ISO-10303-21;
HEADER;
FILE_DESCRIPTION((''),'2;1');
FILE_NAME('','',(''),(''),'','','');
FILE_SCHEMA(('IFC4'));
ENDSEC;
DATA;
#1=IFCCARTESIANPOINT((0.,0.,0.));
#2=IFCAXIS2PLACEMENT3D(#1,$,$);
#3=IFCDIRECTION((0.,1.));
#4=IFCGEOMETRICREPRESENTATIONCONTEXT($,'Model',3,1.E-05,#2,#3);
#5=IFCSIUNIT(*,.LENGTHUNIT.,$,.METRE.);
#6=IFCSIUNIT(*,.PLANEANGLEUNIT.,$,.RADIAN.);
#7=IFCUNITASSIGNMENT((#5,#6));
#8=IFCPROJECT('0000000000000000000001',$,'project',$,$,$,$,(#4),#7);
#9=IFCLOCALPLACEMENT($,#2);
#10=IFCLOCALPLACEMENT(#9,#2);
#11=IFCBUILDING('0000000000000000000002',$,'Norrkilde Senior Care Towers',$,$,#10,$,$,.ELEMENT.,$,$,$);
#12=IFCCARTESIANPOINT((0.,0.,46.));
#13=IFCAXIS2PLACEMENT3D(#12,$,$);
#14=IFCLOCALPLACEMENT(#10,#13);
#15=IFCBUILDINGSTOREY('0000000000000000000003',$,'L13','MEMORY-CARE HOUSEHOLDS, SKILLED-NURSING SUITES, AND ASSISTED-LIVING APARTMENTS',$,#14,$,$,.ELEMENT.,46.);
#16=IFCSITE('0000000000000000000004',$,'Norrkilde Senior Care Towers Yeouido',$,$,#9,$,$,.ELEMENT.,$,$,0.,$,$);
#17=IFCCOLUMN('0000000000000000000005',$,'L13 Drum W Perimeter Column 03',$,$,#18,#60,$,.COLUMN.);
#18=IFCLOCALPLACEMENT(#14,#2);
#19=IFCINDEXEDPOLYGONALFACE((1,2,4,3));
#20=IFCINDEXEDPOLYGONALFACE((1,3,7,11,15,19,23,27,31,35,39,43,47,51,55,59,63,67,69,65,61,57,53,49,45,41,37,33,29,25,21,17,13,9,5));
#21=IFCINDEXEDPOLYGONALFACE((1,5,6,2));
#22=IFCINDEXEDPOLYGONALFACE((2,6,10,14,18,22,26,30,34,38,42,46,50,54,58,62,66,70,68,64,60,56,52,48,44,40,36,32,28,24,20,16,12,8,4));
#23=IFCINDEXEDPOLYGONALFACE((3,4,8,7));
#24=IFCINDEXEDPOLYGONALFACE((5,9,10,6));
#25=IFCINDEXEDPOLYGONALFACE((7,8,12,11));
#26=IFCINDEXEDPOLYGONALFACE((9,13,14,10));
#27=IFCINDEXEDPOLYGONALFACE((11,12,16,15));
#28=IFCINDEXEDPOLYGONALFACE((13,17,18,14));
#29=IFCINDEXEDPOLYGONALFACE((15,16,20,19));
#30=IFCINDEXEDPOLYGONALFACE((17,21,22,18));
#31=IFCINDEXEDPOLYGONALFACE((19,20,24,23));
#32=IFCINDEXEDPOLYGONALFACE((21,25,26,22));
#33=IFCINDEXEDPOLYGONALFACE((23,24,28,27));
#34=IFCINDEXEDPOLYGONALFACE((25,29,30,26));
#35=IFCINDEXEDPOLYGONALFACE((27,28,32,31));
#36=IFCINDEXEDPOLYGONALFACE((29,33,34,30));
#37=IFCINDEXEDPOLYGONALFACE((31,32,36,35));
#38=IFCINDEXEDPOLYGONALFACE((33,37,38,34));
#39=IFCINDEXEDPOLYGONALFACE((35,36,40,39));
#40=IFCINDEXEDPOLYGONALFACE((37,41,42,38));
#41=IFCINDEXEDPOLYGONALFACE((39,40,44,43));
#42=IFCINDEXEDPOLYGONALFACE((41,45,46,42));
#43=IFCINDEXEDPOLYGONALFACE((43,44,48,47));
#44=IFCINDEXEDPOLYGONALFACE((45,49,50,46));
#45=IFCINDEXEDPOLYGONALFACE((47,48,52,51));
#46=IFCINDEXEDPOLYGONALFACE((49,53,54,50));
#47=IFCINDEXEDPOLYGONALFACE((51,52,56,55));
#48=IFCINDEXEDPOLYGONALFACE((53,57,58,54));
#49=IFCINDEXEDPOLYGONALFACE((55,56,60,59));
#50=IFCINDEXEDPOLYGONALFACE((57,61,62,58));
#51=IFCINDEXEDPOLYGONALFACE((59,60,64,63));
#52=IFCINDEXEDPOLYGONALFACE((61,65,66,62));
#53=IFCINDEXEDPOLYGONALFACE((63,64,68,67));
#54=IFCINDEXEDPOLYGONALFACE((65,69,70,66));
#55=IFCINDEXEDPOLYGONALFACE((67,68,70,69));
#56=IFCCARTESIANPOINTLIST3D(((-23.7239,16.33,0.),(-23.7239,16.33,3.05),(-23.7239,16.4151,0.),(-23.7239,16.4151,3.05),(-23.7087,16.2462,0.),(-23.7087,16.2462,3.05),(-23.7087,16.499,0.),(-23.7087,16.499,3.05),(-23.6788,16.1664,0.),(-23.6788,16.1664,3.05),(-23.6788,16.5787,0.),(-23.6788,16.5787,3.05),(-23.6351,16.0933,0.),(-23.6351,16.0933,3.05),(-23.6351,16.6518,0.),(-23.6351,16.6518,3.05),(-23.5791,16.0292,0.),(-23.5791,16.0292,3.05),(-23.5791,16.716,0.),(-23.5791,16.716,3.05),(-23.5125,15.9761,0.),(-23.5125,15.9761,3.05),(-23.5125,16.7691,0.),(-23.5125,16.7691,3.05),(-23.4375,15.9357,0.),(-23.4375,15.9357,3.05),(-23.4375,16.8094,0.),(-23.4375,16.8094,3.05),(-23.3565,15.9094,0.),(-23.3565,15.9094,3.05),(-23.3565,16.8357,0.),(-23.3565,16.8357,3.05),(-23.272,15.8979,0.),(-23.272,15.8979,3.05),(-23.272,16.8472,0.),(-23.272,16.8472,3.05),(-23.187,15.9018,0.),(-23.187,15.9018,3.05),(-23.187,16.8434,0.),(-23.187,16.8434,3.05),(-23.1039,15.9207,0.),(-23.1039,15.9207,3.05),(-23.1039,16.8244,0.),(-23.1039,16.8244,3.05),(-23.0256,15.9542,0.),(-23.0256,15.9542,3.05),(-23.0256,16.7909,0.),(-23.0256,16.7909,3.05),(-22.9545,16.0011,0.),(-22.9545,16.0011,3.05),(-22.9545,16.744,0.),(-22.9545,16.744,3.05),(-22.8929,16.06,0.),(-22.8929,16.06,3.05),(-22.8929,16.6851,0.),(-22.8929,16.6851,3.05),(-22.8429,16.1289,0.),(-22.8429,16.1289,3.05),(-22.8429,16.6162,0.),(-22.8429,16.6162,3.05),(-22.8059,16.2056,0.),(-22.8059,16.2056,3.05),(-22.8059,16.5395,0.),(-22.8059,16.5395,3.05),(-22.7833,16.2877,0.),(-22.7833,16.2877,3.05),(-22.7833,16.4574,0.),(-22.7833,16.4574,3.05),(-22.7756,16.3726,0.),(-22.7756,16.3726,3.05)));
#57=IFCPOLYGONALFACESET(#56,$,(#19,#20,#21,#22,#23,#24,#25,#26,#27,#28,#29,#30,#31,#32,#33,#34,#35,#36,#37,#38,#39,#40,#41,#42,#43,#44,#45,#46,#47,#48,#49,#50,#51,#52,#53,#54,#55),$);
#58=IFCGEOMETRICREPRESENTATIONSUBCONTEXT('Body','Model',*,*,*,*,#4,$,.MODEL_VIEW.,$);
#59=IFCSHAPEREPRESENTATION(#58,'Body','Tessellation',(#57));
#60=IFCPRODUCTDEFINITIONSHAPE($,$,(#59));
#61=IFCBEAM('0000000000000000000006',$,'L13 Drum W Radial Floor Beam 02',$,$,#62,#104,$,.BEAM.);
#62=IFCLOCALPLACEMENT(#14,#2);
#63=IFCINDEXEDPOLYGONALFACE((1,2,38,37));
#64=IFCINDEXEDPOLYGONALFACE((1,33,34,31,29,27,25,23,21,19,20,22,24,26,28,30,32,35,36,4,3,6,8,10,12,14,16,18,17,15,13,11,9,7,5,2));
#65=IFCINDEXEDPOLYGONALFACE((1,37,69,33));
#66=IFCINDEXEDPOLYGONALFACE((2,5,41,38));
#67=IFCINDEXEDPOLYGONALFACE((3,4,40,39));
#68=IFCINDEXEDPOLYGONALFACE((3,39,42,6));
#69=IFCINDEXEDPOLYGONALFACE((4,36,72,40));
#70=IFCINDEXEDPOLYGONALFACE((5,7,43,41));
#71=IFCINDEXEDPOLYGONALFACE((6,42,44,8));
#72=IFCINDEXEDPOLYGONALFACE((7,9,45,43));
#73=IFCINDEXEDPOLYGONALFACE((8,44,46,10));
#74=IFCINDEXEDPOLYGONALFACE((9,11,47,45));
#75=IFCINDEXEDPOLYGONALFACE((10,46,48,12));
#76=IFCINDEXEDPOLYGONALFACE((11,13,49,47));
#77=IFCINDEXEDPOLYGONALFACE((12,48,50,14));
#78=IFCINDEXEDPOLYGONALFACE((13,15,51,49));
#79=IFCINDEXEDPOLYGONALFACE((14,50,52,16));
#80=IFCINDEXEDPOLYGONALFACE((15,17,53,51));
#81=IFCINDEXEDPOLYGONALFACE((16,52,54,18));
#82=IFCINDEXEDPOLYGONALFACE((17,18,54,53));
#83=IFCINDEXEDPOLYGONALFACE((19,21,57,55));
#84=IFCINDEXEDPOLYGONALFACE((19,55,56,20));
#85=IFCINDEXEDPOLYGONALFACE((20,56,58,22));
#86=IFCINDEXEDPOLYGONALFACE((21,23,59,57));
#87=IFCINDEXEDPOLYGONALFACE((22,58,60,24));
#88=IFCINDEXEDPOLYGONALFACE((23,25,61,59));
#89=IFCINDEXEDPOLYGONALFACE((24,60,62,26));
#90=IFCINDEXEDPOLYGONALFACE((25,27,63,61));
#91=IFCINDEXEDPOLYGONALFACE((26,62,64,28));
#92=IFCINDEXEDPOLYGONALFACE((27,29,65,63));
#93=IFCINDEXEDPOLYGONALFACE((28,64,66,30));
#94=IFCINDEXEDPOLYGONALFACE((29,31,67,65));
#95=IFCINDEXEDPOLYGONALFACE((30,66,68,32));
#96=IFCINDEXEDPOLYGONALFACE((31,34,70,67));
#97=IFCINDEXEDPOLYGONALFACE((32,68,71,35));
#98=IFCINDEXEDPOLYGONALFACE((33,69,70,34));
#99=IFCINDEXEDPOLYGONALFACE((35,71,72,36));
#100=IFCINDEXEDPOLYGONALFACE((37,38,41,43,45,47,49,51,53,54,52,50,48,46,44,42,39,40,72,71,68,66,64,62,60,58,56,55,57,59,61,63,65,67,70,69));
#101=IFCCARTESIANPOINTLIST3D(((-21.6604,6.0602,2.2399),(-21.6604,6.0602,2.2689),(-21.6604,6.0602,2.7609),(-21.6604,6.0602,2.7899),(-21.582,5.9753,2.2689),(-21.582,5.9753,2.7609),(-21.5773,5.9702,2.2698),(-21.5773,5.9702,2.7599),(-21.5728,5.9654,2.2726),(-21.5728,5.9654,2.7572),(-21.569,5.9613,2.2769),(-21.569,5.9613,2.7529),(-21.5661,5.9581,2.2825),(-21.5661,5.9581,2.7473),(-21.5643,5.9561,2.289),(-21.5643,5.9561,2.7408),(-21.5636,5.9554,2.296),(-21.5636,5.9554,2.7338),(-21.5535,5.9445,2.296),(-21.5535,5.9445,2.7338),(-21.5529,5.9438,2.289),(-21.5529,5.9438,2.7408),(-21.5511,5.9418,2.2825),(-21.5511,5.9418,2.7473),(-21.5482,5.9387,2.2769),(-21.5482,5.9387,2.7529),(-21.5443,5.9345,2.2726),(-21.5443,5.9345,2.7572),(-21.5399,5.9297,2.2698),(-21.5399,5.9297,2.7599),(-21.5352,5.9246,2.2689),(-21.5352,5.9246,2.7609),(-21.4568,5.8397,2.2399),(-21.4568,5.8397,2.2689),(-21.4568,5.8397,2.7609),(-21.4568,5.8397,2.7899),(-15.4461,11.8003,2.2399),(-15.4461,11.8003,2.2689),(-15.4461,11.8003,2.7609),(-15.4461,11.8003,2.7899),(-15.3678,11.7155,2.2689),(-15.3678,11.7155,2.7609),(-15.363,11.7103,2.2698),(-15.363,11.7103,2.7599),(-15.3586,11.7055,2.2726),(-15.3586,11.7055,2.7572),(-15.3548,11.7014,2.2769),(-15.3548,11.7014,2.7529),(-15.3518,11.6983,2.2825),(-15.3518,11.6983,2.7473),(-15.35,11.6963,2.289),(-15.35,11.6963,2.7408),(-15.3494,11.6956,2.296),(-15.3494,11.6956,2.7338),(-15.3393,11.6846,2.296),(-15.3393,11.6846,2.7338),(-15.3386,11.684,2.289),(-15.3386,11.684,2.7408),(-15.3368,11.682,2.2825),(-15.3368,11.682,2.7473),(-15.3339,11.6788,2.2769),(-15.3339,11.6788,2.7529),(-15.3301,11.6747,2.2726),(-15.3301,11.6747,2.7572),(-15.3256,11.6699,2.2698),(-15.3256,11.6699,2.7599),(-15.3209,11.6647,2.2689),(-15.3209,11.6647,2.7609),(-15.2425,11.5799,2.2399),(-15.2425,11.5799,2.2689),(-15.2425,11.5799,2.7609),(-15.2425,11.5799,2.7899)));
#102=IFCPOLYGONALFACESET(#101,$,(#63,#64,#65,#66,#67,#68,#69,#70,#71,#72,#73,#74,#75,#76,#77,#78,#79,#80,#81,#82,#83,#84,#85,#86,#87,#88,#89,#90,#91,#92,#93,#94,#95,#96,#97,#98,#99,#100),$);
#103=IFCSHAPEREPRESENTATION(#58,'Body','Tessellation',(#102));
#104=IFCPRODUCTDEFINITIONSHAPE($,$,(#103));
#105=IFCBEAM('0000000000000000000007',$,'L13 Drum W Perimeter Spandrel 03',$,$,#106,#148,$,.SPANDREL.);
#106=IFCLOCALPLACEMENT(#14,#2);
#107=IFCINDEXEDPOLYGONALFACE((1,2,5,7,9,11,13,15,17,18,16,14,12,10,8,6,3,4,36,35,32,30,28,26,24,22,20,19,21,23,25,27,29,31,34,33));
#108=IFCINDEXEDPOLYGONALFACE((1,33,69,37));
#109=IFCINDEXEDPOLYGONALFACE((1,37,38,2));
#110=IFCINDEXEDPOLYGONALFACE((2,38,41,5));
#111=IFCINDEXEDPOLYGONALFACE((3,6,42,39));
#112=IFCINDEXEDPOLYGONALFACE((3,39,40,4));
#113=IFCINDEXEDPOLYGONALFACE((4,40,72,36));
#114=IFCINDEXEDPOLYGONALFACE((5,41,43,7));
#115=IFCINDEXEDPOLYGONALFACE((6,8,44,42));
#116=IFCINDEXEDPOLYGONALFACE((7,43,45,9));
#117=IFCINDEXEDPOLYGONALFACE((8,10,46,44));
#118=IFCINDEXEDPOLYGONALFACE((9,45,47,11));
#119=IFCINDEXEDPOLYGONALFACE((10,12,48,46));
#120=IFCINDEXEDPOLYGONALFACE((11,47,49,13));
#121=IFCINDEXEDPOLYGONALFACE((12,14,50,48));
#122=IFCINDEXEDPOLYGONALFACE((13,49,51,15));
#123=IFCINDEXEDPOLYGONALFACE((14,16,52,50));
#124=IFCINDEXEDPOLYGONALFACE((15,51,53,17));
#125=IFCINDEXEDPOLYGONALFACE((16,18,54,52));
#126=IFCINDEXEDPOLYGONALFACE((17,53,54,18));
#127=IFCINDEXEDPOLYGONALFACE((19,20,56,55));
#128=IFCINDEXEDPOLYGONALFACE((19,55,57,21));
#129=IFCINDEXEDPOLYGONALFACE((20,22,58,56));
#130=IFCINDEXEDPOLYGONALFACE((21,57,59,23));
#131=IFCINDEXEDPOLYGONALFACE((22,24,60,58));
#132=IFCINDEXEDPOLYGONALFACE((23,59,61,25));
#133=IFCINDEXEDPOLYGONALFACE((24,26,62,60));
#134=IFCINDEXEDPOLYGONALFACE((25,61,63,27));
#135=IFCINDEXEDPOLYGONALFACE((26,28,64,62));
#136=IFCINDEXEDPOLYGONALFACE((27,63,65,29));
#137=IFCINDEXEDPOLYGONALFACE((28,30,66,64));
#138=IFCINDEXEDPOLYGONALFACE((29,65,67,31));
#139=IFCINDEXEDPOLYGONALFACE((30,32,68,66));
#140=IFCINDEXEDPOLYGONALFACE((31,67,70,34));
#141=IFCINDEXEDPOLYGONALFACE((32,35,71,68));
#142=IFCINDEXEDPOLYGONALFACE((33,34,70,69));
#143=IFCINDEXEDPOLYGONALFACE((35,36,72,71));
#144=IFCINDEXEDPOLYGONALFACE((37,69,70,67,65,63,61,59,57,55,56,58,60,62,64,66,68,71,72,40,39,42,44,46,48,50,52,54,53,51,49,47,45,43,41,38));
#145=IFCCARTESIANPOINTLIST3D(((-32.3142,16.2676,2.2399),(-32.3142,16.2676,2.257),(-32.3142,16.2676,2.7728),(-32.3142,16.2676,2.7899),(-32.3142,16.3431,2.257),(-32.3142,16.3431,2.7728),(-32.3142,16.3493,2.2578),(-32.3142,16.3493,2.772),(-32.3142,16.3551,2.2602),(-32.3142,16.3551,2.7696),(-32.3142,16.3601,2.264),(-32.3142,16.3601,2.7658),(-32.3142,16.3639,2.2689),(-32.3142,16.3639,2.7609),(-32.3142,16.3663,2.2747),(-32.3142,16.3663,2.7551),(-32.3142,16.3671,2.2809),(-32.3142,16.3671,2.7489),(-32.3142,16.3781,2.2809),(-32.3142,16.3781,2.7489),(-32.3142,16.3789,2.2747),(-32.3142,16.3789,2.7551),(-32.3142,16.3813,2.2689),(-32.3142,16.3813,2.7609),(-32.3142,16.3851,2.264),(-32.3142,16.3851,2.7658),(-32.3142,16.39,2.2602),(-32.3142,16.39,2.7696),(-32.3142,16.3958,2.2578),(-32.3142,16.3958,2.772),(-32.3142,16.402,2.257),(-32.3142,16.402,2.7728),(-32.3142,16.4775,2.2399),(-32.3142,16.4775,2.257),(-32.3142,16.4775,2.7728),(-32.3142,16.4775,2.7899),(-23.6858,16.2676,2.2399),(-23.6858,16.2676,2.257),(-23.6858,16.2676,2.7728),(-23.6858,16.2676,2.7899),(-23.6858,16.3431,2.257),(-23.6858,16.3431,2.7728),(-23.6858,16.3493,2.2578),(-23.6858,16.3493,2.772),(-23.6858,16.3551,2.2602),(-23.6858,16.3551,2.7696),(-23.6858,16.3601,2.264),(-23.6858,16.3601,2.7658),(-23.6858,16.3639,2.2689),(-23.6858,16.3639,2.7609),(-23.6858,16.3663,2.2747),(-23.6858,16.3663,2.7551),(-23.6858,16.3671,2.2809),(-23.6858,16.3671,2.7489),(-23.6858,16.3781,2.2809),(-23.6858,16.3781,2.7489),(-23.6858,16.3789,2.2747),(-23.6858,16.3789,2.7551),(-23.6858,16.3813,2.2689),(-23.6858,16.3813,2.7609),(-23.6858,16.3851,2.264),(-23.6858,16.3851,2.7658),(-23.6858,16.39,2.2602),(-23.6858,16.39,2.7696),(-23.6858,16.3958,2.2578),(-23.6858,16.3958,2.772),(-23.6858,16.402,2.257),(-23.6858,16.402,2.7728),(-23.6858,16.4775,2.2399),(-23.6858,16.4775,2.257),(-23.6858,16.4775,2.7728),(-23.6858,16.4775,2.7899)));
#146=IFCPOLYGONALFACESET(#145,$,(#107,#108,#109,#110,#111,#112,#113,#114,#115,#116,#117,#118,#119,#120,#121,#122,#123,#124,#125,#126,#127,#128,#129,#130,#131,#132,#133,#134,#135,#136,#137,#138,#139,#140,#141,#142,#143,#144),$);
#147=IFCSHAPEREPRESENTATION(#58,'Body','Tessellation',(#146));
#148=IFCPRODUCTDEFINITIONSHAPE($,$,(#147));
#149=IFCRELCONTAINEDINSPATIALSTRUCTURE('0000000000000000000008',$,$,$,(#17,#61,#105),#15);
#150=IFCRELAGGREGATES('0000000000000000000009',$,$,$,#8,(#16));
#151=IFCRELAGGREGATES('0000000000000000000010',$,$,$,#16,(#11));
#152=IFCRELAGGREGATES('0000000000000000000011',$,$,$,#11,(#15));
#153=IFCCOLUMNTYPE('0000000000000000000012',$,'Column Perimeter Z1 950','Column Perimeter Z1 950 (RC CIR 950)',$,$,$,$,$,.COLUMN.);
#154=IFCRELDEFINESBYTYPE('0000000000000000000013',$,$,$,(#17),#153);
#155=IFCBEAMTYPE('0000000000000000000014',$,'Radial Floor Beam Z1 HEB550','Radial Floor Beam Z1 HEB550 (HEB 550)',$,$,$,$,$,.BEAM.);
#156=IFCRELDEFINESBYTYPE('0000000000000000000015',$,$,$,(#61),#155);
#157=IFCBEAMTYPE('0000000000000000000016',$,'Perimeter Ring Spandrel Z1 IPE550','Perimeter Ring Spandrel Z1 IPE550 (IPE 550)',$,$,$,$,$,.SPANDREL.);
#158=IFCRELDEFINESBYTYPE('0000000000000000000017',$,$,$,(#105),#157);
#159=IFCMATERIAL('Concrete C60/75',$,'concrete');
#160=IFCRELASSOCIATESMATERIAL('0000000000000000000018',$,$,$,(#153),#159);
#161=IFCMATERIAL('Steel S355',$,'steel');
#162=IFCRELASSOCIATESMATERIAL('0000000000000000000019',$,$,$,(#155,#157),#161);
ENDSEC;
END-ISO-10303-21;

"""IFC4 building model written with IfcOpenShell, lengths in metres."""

from ifc_helpers import new_model, si_unit, direction, frame, origin, origin_2d, place, context, subcontext, project, spatial, circle, i_section, extrude, source, transform, mapped, material, material_profile, profile_set, type_object, type_shapes, element, save


model = new_model("IFC4")

# Units and contexts
model_context = context("Model", 3, precision=1e-05, world=origin(), true_north=direction((0.0, 1.0)))
body_context = subcontext(model_context, "Body", "Model", "MODEL_VIEW")
ifc_project = project(units=[si_unit("LENGTHUNIT", "METRE"), si_unit("PLANEANGLEUNIT", "RADIAN")], contexts=[model_context])

# Site, building, storey
site_placement = place(None, origin())
site = spatial("IfcSite", under=ifc_project, at=site_placement, Name="Norrkilde Senior Care Towers Yeouido", CompositionType="ELEMENT", RefElevation=0.0)
building_placement = place(site_placement, origin())
building = spatial("IfcBuilding", under=site, at=building_placement, Name="Norrkilde Senior Care Towers", CompositionType="ELEMENT")
storey_placement = place(building_placement, frame((0.0, 0.0, 46.0)))
storey = spatial("IfcBuildingStorey", under=building, at=storey_placement, Name="L13", Description="MEMORY-CARE HOUSEHOLDS, SKILLED-NURSING SUITES, AND ASSISTED-LIVING APARTMENTS", CompositionType="ELEMENT", Elevation=46.0)

# Column
ifc_material_1 = material(Name="Concrete C60/75", Category="concrete")
ifc_material_profile_1 = material_profile(ifc_material_1, circle(Radius=0.4751, at=origin_2d()), Name="RC CIR 950")
ifc_profile_set_1 = profile_set([ifc_material_profile_1], Name="Concrete C60/75")
column_type = type_object("IfcColumnType", Name="Column Perimeter Z1 950", Description="Column Perimeter Z1 950 (RC CIR 950)", PredefinedType="COLUMN", material=ifc_profile_set_1)
shared_shape_1 = source(origin(), body_context, "Body", "SweptSolid", [
    extrude(circle(Radius=0.4751, at=origin_2d()), origin(), (0.0, 0.0, 1.0), 3.05),
])
type_shapes(column_type, [shared_shape_1])
column_placement = place(storey_placement, frame((-23.2507, 16.3726, 0.0), z_axis=(0.0, 0.0, 1.0), x_axis=(1.0, 0.0, 0.0)))
element("IfcColumn", 1, at=column_placement, inside=storey, type_object=column_type, Name="L13 Drum W Perimeter Column 03", PredefinedType="COLUMN", context=body_context, shape_type="MappedRepresentation", body=[
    mapped(shared_shape_1, transform((0.0, 0.0, 0.0), x_axis=(1.0, 0.0, 0.0), y_axis=(0.0, 1.0, 0.0), z_axis=(0.0, 0.0, 1.0), scale=1.0)),
])

# Beams
ifc_material_2 = material(Name="Steel S355", Category="steel")
ifc_material_profile_2 = material_profile(ifc_material_2, i_section(OverallWidth=0.3, OverallDepth=0.55, WebThickness=0.0149, FlangeThickness=0.0291, FilletRadius=0.0271, at=origin_2d()), Name="HEB 550")
ifc_profile_set_2 = profile_set([ifc_material_profile_2], Name="Steel S355")
beam_type_1 = type_object("IfcBeamType", Name="Radial Floor Beam Z1 HEB550", Description="Radial Floor Beam Z1 HEB550 (HEB 550)", PredefinedType="BEAM", material=ifc_profile_set_2)
shared_shape_2 = source(origin(), body_context, "Body", "SweptSolid", [
    extrude(i_section(OverallWidth=0.3, OverallDepth=0.55, WebThickness=0.0149, FlangeThickness=0.0291, FilletRadius=0.0271, at=origin_2d()), origin(), (0.0, 0.0, 1.0), 8.4597),
])
beam_1_placement = place(storey_placement, frame((-21.5586, 5.95, 2.5149), z_axis=(0.734573, 0.678529, 0.0), x_axis=(-0.678529, 0.734573, 0.0)))
element("IfcBeam", 2, at=beam_1_placement, inside=storey, type_object=beam_type_1, Name="L13 Drum W Radial Floor Beam 02", PredefinedType="BEAM", context=body_context, shape_type="MappedRepresentation", body=[
    mapped(shared_shape_2, transform((0.0, 0.0, 0.0), x_axis=(1.0, 0.0, 0.0), y_axis=(0.0, 1.0, 0.0), z_axis=(0.0, 0.0, 1.0), scale=1.0)),
])
ifc_material_profile_3 = material_profile(ifc_material_2, i_section(OverallWidth=0.21, OverallDepth=0.55, WebThickness=0.011, FlangeThickness=0.0171, FilletRadius=0.0239, at=origin_2d()), Name="IPE 550")
ifc_profile_set_3 = profile_set([ifc_material_profile_3], Name="Steel S355")
beam_type_2 = type_object("IfcBeamType", Name="Perimeter Ring Spandrel Z1 IPE550", Description="Perimeter Ring Spandrel Z1 IPE550 (IPE 550)", PredefinedType="SPANDREL", material=ifc_profile_set_3)
shared_shape_3 = source(origin(), body_context, "Body", "SweptSolid", [
    extrude(i_section(OverallWidth=0.21, OverallDepth=0.55, WebThickness=0.011, FlangeThickness=0.0171, FilletRadius=0.0239, at=origin_2d()), origin(), (0.0, 0.0, 1.0), 8.6284),
])
type_shapes(beam_type_2, [shared_shape_3])
beam_2_placement = place(storey_placement, frame((-23.6858, 16.3726, 2.5149), z_axis=(-1.0, 0.0, 0.0), x_axis=(0.0, -1.0, 0.0)))
element("IfcBeam", 3, at=beam_2_placement, inside=storey, type_object=beam_type_2, Name="L13 Drum W Perimeter Spandrel 03", PredefinedType="SPANDREL", context=body_context, shape_type="MappedRepresentation", body=[
    mapped(shared_shape_3, transform((0.0, 0.0, 0.0), x_axis=(1.0, 0.0, 0.0), y_axis=(0.0, 1.0, 0.0), z_axis=(0.0, 0.0, 1.0), scale=1.0)),
])

save(model, "model.ifc")
